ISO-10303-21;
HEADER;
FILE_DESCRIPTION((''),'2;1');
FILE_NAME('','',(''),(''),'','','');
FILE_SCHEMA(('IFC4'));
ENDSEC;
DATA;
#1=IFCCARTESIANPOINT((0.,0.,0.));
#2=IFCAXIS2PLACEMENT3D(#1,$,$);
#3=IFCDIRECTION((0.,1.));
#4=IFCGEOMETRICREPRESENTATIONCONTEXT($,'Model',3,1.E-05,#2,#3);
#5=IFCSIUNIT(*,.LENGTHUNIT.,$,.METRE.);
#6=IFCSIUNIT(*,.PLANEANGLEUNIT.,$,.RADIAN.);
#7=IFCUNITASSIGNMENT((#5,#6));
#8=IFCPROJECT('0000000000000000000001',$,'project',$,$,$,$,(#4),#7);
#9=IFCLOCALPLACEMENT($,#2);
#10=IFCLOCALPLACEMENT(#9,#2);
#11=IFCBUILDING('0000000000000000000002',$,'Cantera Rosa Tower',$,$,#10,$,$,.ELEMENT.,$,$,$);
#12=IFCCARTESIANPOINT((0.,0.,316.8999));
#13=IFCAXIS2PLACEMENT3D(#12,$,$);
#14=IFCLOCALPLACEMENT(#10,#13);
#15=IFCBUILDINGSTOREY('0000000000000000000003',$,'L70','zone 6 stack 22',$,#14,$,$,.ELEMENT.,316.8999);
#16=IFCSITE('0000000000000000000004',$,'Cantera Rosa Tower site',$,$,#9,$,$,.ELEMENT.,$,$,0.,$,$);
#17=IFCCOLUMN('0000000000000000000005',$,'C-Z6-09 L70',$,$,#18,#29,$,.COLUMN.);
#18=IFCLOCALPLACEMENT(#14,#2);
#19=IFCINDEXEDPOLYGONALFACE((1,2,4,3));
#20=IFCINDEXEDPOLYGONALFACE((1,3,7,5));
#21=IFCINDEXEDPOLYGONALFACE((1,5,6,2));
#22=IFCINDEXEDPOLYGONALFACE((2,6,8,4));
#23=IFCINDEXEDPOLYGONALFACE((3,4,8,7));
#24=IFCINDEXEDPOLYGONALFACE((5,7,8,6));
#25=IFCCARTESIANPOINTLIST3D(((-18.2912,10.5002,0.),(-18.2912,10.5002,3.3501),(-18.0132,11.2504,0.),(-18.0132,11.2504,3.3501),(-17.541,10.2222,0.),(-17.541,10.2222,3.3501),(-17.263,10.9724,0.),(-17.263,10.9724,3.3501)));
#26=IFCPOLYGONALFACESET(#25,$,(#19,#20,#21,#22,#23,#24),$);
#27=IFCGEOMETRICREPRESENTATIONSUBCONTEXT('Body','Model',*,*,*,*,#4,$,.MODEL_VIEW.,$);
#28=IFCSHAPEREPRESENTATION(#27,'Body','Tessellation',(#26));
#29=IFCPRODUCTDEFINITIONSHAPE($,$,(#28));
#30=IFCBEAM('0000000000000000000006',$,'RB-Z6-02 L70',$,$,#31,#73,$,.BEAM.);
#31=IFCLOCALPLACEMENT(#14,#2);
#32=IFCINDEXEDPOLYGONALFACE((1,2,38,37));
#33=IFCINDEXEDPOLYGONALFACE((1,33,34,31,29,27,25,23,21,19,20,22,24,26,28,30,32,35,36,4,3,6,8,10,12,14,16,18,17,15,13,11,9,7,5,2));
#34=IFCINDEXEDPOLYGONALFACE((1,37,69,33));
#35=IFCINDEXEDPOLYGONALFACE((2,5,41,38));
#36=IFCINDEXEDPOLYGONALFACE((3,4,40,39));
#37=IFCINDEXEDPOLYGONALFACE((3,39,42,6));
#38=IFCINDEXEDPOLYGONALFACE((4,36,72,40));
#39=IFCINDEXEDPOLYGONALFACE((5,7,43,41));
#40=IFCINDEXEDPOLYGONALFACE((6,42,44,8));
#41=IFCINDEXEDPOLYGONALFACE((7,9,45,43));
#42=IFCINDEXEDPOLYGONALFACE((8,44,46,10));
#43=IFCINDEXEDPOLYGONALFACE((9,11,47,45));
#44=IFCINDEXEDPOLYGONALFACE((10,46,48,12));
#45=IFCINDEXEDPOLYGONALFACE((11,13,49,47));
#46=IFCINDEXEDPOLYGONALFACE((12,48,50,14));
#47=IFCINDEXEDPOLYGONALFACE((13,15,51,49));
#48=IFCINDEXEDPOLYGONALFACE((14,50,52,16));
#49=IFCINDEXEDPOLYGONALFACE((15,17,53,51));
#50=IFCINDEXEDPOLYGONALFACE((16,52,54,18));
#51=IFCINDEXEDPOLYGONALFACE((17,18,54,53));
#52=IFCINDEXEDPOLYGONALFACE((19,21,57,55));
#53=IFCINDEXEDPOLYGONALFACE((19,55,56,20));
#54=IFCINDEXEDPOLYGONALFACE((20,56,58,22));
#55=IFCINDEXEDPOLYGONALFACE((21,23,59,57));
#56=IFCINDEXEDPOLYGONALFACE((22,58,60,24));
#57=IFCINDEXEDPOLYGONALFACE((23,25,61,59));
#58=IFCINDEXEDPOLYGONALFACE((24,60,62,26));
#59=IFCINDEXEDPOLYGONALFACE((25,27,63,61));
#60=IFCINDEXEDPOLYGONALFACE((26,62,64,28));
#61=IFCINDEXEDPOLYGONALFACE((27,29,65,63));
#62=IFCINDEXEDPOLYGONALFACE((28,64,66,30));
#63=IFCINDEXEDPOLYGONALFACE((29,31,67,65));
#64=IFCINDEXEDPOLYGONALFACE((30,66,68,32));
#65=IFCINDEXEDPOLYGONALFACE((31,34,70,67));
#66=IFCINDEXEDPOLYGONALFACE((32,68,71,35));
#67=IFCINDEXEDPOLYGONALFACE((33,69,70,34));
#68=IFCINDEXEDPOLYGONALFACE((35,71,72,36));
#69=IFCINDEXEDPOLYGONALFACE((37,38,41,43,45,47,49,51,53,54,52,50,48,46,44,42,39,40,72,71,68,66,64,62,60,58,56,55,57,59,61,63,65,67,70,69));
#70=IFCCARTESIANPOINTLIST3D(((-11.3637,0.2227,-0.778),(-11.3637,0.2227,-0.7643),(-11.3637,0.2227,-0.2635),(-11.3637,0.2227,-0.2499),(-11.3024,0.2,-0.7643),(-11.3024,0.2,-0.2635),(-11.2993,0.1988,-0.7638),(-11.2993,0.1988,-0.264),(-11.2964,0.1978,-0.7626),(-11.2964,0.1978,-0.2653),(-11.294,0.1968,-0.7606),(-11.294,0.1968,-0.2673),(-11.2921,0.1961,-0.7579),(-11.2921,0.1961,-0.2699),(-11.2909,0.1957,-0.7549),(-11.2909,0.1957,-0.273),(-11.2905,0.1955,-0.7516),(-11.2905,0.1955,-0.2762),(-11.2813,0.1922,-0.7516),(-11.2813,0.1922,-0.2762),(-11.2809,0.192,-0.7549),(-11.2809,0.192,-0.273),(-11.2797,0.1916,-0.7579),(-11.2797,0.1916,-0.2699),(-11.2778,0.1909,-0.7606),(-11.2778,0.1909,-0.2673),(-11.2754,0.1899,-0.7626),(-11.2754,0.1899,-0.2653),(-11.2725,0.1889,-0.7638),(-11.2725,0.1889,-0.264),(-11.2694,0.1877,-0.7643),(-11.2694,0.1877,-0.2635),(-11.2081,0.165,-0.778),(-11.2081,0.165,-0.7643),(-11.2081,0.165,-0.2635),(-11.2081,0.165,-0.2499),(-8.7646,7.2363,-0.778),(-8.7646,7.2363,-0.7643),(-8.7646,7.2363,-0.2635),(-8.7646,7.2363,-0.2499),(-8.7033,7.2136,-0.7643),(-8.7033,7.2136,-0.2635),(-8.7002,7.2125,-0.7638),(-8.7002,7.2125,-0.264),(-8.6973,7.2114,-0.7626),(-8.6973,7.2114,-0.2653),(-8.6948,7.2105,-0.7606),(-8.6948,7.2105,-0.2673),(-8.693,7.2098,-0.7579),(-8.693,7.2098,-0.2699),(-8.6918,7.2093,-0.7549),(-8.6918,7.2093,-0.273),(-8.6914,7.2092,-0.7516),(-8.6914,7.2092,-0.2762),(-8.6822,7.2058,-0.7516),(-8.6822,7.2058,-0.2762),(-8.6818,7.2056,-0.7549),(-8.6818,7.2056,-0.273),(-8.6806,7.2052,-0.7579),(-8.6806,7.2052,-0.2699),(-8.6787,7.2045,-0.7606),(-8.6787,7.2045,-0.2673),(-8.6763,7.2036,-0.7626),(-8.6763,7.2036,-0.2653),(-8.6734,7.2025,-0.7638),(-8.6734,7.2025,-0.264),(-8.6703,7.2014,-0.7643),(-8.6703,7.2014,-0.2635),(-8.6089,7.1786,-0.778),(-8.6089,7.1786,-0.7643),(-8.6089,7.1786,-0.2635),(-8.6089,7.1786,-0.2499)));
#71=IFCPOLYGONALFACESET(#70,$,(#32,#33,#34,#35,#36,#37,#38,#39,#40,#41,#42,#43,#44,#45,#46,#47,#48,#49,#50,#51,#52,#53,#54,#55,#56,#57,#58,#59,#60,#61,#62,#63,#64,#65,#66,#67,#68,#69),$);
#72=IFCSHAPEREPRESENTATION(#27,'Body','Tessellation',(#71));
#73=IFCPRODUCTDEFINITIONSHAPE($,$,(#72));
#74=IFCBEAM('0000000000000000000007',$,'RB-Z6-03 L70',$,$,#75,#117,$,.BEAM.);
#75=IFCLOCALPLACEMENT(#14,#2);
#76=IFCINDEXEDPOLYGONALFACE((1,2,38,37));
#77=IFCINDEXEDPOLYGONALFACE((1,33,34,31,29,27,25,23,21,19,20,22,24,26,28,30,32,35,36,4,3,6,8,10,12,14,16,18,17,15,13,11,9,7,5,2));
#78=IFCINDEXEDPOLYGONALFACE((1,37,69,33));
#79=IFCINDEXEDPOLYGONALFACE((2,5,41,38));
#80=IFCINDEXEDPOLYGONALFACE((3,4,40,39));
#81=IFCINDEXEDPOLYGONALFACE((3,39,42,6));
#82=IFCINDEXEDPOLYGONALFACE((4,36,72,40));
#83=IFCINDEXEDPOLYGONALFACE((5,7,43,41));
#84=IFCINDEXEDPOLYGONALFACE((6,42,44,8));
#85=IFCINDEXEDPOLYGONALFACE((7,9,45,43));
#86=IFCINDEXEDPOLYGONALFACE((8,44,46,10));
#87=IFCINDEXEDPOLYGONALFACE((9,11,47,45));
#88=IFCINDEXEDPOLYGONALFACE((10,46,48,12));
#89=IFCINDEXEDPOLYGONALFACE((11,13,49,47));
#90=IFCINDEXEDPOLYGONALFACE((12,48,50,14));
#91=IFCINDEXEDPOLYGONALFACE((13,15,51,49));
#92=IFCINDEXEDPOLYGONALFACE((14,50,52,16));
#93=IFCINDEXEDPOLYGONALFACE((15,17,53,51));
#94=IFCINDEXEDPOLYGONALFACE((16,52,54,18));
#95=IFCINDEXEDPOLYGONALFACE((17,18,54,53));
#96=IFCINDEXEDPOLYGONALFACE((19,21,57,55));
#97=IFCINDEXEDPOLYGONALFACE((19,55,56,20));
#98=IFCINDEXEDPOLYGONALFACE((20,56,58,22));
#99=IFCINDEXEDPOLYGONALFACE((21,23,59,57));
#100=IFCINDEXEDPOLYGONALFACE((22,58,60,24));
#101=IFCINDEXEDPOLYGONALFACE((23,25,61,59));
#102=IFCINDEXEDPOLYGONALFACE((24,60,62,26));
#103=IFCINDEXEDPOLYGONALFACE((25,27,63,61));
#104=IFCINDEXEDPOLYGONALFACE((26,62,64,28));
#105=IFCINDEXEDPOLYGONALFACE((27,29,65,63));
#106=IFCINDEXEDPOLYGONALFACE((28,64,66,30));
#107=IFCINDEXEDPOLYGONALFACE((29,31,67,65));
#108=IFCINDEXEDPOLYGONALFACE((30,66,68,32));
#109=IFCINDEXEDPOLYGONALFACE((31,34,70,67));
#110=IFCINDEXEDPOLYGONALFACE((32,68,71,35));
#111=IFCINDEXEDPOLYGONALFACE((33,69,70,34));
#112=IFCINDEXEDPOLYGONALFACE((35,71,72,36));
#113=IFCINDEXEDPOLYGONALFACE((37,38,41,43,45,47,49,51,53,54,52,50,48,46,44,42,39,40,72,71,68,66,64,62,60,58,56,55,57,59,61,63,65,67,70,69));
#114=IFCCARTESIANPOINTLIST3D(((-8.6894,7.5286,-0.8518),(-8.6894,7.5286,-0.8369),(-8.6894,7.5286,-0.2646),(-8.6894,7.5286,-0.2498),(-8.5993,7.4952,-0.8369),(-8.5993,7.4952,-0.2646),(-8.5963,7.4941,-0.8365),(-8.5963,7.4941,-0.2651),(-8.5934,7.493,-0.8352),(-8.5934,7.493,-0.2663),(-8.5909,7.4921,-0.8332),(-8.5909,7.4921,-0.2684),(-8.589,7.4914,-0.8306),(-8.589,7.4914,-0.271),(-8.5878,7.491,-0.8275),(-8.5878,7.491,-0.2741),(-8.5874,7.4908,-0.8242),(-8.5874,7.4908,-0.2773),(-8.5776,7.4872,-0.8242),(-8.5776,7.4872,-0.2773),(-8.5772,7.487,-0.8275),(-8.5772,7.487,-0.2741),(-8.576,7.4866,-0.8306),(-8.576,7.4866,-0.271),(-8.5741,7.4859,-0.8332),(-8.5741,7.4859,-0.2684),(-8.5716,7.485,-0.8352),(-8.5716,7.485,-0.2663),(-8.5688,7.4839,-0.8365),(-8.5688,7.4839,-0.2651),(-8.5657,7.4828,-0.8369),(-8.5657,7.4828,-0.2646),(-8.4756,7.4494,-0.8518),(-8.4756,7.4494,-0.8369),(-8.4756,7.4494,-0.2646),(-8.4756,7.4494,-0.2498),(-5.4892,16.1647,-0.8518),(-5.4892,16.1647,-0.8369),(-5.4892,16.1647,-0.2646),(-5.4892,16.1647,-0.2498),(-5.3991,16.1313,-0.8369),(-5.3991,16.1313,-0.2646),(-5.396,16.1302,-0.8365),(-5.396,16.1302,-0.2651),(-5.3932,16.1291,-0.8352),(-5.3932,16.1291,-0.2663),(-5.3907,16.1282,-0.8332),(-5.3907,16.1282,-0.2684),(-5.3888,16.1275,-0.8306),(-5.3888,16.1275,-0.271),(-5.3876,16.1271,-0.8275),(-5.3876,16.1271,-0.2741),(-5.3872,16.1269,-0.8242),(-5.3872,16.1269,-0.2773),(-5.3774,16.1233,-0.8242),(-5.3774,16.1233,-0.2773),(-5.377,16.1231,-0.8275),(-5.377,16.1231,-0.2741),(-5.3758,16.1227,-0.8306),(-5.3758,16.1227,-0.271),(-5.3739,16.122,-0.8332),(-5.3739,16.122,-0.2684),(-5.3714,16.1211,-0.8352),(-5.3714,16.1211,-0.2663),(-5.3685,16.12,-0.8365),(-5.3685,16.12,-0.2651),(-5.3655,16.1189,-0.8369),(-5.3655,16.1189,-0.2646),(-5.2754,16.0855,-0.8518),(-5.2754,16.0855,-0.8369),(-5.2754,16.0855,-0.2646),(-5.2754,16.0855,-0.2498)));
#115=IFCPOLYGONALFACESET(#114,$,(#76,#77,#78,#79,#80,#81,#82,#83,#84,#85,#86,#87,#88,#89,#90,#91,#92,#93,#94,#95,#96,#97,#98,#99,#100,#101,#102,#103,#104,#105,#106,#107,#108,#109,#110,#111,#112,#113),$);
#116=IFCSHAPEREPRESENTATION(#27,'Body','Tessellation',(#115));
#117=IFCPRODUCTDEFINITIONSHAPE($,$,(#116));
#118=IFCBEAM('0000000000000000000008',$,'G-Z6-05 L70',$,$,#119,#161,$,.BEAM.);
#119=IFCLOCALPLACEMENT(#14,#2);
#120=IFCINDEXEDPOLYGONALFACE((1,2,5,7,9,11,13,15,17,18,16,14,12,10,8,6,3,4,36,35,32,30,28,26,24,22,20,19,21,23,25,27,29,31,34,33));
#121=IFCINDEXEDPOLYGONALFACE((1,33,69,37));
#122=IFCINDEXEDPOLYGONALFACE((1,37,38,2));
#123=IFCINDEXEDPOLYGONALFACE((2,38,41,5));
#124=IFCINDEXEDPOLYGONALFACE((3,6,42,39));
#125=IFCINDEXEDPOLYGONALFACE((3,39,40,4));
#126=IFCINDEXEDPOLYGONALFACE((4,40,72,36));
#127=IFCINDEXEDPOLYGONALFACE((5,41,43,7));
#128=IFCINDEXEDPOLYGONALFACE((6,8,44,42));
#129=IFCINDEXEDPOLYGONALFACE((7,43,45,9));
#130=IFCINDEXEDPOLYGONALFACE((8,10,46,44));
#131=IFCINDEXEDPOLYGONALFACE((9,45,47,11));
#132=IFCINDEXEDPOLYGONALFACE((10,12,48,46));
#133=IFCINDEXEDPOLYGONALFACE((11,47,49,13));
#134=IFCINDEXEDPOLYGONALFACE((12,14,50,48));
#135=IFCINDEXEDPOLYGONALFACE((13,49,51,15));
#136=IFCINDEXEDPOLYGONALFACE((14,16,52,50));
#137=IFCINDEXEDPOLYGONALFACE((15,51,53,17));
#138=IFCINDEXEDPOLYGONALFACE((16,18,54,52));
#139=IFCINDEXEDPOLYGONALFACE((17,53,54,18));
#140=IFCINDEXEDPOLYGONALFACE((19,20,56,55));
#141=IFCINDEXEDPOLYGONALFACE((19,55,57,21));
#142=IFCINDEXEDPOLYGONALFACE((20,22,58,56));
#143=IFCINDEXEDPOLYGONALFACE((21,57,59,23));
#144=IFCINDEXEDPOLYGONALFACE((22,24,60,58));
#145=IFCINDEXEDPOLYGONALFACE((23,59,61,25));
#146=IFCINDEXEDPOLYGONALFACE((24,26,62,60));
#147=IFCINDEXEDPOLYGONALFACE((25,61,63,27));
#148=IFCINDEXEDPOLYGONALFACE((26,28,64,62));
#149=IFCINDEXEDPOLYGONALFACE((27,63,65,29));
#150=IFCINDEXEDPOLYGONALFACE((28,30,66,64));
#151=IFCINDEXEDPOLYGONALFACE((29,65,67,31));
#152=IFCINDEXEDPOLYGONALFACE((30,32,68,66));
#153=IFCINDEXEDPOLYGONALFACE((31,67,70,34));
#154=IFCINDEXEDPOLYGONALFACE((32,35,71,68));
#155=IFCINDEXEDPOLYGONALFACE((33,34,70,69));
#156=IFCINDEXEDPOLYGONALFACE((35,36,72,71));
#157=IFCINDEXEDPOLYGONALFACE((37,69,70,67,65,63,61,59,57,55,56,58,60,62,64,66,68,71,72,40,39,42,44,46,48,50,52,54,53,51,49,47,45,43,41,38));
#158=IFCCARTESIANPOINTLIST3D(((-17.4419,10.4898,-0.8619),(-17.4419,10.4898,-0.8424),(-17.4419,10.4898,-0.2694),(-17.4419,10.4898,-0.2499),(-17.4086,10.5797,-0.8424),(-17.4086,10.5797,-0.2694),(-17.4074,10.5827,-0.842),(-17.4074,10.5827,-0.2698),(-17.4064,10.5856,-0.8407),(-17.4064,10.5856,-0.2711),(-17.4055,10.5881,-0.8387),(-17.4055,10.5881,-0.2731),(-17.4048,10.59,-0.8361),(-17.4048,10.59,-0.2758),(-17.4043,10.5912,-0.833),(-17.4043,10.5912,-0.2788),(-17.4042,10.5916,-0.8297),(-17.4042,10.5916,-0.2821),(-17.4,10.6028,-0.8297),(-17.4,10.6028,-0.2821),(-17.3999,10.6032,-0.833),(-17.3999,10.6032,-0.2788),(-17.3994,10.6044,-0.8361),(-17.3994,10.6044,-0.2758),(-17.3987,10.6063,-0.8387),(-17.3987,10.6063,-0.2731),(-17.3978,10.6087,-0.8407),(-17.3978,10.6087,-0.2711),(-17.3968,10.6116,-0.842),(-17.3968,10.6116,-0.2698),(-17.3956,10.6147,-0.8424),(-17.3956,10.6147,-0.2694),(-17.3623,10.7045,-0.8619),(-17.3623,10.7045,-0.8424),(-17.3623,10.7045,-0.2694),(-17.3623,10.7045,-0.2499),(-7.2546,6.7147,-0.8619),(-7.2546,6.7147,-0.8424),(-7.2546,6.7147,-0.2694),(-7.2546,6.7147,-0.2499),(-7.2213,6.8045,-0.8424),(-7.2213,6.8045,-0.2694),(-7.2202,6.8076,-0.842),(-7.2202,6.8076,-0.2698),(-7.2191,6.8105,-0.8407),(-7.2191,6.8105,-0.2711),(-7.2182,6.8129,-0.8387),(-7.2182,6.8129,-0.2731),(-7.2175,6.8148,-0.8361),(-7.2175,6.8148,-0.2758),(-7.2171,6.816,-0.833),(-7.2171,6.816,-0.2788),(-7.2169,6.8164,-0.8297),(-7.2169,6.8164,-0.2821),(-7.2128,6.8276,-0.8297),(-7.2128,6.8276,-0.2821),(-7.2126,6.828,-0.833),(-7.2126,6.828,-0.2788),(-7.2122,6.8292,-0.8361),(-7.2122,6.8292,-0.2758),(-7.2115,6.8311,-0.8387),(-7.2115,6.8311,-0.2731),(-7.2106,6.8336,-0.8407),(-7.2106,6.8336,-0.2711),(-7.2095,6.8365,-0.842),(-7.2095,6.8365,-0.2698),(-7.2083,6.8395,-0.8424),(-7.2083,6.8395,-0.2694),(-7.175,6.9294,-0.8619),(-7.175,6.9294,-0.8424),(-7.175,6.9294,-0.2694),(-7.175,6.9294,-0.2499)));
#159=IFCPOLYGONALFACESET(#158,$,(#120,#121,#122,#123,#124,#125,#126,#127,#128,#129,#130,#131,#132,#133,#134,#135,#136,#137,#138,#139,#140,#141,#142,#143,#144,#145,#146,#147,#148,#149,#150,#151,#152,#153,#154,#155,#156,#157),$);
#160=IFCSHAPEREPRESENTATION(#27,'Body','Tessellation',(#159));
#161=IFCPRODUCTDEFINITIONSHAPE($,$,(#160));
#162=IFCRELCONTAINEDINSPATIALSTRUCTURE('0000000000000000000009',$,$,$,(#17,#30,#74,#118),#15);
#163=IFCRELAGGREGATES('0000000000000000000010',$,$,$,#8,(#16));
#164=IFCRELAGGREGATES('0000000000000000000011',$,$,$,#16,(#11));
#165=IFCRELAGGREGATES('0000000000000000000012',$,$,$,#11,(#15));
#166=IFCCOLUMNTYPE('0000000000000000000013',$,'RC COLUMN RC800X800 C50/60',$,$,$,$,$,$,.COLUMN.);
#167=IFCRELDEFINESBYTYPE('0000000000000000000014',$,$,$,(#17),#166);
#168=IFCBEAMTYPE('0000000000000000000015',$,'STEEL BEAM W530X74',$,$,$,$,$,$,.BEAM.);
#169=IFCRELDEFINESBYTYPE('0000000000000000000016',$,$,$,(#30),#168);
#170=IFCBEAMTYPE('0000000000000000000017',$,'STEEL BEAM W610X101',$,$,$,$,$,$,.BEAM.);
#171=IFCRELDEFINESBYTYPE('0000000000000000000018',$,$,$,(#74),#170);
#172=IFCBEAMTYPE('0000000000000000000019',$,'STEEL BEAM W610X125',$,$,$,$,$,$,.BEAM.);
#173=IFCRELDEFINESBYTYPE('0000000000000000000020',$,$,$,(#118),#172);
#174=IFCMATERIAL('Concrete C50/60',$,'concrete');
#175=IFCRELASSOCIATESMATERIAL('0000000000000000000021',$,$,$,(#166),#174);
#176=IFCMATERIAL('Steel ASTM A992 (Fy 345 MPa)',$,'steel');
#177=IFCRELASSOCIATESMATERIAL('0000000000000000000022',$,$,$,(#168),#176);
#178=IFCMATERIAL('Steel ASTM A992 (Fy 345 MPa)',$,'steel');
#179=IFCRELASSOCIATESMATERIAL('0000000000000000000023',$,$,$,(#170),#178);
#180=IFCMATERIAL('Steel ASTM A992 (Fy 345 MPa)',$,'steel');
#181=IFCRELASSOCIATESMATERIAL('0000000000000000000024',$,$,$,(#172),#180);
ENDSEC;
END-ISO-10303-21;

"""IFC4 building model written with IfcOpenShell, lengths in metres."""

from ifc_helpers import new_model, si_unit, direction, frame, origin, origin_2d, place, context, subcontext, project, spatial, rectangle, i_section, extrude, material, material_profile, profile_set, type_object, element, save


model = new_model("IFC4")

# Units and contexts
model_context = context("Model", 3, precision=1e-05, world=origin(), true_north=direction((0.0, 1.0)))
body_context = subcontext(model_context, "Body", "Model", "MODEL_VIEW")
ifc_project = project(units=[si_unit("LENGTHUNIT", "METRE"), si_unit("PLANEANGLEUNIT", "RADIAN")], contexts=[model_context])

# Site, building, storey
site_placement = place(None, origin())
site = spatial("IfcSite", under=ifc_project, at=site_placement, Name="Cantera Rosa Tower site", CompositionType="ELEMENT", RefElevation=0.0)
building_placement = place(site_placement, origin())
building = spatial("IfcBuilding", under=site, at=building_placement, Name="Cantera Rosa Tower", CompositionType="ELEMENT")
storey_placement = place(building_placement, frame((0.0, 0.0, 316.8999)))
storey = spatial("IfcBuildingStorey", under=building, at=storey_placement, Name="L70", Description="zone 6 stack 22", CompositionType="ELEMENT", Elevation=316.8999)

# Column
ifc_material_1 = material(Name="Concrete C50/60", Category="concrete")
ifc_material_profile_1 = material_profile(ifc_material_1, rectangle(XDim=0.8, YDim=0.8, at=origin_2d()), Name="RC COLUMN RC800X800 C50/60")
ifc_profile_set_1 = profile_set([ifc_material_profile_1], Name="Concrete C50/60")
column_type = type_object("IfcColumnType", Name="RC COLUMN RC800X800 C50/60", PredefinedType="COLUMN", material=ifc_profile_set_1)
column_placement = place(storey_placement, frame((-17.7771, 10.7363, 0.0), z_axis=(0.0, 0.0, 1.0), x_axis=(0.347481, 0.937687, 0.0)))
element("IfcColumn", 1, at=column_placement, inside=storey, type_object=column_type, Name="C-Z6-09 L70", PredefinedType="COLUMN", context=body_context, shape_type="SweptSolid", body=[
    extrude(rectangle(XDim=0.8, YDim=0.8, at=origin_2d()), origin(), (0.0, 0.0, 1.0), 3.3501),
])

# Beams
ifc_material_2 = material(Name="Steel ASTM A992 (Fy 345 MPa)", Category="steel")
ifc_material_profile_2 = material_profile(ifc_material_2, i_section(OverallWidth=0.166, OverallDepth=0.5281, WebThickness=0.0098, FlangeThickness=0.0137, FilletRadius=0.0127, at=origin_2d()), Name="W530X74")
ifc_profile_set_2 = profile_set([ifc_material_profile_2], Name="Steel ASTM A992 (Fy 345 MPa)")
beam_type_1 = type_object("IfcBeamType", Name="STEEL BEAM W530X74", PredefinedType="BEAM", material=ifc_profile_set_2)
beam_1_placement = place(storey_placement, frame((-11.2859, 0.1938, -0.5139), z_axis=(0.347487, 0.937685, 0.0), x_axis=(-0.937685, 0.347487, 0.0)))
element("IfcBeam", 2, at=beam_1_placement, inside=storey, type_object=beam_type_1, Name="RB-Z6-02 L70", PredefinedType="BEAM", context=body_context, shape_type="SweptSolid", body=[
    extrude(i_section(OverallWidth=0.166, OverallDepth=0.5281, WebThickness=0.0098, FlangeThickness=0.0137, FilletRadius=0.0127, at=origin_2d()), origin(), (0.0, 0.0, 1.0), 7.4797),
])
ifc_material_3 = material(Name="Steel ASTM A992 (Fy 345 MPa)", Category="steel")
ifc_material_profile_3 = material_profile(ifc_material_3, i_section(OverallWidth=0.228, OverallDepth=0.6021, WebThickness=0.0105, FlangeThickness=0.0149, FilletRadius=0.0127, at=origin_2d()), Name="W610X101")
ifc_profile_set_3 = profile_set([ifc_material_profile_3], Name="Steel ASTM A992 (Fy 345 MPa)")
beam_type_2 = type_object("IfcBeamType", Name="STEEL BEAM W610X101", PredefinedType="BEAM", material=ifc_profile_set_3)
beam_2_placement = place(storey_placement, frame((-8.5825, 7.489, -0.5508), z_axis=(0.347475, 0.937689, 0.0), x_axis=(-0.937689, 0.347475, 0.0)))
element("IfcBeam", 3, at=beam_2_placement, inside=storey, type_object=beam_type_2, Name="RB-Z6-03 L70", PredefinedType="BEAM", context=body_context, shape_type="SweptSolid", body=[
    extrude(i_section(OverallWidth=0.228, OverallDepth=0.6021, WebThickness=0.0105, FlangeThickness=0.0149, FilletRadius=0.0127, at=origin_2d()), origin(), (0.0, 0.0, 1.0), 9.21),
])
ifc_material_4 = material(Name="Steel ASTM A992 (Fy 345 MPa)", Category="steel")
ifc_material_profile_4 = material_profile(ifc_material_4, i_section(OverallWidth=0.229, OverallDepth=0.6121, WebThickness=0.012, FlangeThickness=0.0195, FilletRadius=0.0127, at=origin_2d()), Name="W610X125")
ifc_profile_set_4 = profile_set([ifc_material_profile_4], Name="Steel ASTM A992 (Fy 345 MPa)")
beam_type_3 = type_object("IfcBeamType", Name="STEEL BEAM W610X125", PredefinedType="BEAM", material=ifc_profile_set_4)
beam_3_placement = place(storey_placement, frame((-17.4021, 10.5972, -0.5559), z_axis=(0.937686, -0.347483, 0.0), x_axis=(0.347483, 0.937686, 0.0)))
element("IfcBeam", 4, at=beam_3_placement, inside=storey, type_object=beam_type_3, Name="G-Z6-05 L70", PredefinedType="BEAM", context=body_context, shape_type="SweptSolid", body=[
    extrude(i_section(OverallWidth=0.229, OverallDepth=0.6121, WebThickness=0.012, FlangeThickness=0.0195, FilletRadius=0.0127, at=origin_2d()), origin(), (0.0, 0.0, 1.0), 10.8643),
])

save(model, "model.ifc")
